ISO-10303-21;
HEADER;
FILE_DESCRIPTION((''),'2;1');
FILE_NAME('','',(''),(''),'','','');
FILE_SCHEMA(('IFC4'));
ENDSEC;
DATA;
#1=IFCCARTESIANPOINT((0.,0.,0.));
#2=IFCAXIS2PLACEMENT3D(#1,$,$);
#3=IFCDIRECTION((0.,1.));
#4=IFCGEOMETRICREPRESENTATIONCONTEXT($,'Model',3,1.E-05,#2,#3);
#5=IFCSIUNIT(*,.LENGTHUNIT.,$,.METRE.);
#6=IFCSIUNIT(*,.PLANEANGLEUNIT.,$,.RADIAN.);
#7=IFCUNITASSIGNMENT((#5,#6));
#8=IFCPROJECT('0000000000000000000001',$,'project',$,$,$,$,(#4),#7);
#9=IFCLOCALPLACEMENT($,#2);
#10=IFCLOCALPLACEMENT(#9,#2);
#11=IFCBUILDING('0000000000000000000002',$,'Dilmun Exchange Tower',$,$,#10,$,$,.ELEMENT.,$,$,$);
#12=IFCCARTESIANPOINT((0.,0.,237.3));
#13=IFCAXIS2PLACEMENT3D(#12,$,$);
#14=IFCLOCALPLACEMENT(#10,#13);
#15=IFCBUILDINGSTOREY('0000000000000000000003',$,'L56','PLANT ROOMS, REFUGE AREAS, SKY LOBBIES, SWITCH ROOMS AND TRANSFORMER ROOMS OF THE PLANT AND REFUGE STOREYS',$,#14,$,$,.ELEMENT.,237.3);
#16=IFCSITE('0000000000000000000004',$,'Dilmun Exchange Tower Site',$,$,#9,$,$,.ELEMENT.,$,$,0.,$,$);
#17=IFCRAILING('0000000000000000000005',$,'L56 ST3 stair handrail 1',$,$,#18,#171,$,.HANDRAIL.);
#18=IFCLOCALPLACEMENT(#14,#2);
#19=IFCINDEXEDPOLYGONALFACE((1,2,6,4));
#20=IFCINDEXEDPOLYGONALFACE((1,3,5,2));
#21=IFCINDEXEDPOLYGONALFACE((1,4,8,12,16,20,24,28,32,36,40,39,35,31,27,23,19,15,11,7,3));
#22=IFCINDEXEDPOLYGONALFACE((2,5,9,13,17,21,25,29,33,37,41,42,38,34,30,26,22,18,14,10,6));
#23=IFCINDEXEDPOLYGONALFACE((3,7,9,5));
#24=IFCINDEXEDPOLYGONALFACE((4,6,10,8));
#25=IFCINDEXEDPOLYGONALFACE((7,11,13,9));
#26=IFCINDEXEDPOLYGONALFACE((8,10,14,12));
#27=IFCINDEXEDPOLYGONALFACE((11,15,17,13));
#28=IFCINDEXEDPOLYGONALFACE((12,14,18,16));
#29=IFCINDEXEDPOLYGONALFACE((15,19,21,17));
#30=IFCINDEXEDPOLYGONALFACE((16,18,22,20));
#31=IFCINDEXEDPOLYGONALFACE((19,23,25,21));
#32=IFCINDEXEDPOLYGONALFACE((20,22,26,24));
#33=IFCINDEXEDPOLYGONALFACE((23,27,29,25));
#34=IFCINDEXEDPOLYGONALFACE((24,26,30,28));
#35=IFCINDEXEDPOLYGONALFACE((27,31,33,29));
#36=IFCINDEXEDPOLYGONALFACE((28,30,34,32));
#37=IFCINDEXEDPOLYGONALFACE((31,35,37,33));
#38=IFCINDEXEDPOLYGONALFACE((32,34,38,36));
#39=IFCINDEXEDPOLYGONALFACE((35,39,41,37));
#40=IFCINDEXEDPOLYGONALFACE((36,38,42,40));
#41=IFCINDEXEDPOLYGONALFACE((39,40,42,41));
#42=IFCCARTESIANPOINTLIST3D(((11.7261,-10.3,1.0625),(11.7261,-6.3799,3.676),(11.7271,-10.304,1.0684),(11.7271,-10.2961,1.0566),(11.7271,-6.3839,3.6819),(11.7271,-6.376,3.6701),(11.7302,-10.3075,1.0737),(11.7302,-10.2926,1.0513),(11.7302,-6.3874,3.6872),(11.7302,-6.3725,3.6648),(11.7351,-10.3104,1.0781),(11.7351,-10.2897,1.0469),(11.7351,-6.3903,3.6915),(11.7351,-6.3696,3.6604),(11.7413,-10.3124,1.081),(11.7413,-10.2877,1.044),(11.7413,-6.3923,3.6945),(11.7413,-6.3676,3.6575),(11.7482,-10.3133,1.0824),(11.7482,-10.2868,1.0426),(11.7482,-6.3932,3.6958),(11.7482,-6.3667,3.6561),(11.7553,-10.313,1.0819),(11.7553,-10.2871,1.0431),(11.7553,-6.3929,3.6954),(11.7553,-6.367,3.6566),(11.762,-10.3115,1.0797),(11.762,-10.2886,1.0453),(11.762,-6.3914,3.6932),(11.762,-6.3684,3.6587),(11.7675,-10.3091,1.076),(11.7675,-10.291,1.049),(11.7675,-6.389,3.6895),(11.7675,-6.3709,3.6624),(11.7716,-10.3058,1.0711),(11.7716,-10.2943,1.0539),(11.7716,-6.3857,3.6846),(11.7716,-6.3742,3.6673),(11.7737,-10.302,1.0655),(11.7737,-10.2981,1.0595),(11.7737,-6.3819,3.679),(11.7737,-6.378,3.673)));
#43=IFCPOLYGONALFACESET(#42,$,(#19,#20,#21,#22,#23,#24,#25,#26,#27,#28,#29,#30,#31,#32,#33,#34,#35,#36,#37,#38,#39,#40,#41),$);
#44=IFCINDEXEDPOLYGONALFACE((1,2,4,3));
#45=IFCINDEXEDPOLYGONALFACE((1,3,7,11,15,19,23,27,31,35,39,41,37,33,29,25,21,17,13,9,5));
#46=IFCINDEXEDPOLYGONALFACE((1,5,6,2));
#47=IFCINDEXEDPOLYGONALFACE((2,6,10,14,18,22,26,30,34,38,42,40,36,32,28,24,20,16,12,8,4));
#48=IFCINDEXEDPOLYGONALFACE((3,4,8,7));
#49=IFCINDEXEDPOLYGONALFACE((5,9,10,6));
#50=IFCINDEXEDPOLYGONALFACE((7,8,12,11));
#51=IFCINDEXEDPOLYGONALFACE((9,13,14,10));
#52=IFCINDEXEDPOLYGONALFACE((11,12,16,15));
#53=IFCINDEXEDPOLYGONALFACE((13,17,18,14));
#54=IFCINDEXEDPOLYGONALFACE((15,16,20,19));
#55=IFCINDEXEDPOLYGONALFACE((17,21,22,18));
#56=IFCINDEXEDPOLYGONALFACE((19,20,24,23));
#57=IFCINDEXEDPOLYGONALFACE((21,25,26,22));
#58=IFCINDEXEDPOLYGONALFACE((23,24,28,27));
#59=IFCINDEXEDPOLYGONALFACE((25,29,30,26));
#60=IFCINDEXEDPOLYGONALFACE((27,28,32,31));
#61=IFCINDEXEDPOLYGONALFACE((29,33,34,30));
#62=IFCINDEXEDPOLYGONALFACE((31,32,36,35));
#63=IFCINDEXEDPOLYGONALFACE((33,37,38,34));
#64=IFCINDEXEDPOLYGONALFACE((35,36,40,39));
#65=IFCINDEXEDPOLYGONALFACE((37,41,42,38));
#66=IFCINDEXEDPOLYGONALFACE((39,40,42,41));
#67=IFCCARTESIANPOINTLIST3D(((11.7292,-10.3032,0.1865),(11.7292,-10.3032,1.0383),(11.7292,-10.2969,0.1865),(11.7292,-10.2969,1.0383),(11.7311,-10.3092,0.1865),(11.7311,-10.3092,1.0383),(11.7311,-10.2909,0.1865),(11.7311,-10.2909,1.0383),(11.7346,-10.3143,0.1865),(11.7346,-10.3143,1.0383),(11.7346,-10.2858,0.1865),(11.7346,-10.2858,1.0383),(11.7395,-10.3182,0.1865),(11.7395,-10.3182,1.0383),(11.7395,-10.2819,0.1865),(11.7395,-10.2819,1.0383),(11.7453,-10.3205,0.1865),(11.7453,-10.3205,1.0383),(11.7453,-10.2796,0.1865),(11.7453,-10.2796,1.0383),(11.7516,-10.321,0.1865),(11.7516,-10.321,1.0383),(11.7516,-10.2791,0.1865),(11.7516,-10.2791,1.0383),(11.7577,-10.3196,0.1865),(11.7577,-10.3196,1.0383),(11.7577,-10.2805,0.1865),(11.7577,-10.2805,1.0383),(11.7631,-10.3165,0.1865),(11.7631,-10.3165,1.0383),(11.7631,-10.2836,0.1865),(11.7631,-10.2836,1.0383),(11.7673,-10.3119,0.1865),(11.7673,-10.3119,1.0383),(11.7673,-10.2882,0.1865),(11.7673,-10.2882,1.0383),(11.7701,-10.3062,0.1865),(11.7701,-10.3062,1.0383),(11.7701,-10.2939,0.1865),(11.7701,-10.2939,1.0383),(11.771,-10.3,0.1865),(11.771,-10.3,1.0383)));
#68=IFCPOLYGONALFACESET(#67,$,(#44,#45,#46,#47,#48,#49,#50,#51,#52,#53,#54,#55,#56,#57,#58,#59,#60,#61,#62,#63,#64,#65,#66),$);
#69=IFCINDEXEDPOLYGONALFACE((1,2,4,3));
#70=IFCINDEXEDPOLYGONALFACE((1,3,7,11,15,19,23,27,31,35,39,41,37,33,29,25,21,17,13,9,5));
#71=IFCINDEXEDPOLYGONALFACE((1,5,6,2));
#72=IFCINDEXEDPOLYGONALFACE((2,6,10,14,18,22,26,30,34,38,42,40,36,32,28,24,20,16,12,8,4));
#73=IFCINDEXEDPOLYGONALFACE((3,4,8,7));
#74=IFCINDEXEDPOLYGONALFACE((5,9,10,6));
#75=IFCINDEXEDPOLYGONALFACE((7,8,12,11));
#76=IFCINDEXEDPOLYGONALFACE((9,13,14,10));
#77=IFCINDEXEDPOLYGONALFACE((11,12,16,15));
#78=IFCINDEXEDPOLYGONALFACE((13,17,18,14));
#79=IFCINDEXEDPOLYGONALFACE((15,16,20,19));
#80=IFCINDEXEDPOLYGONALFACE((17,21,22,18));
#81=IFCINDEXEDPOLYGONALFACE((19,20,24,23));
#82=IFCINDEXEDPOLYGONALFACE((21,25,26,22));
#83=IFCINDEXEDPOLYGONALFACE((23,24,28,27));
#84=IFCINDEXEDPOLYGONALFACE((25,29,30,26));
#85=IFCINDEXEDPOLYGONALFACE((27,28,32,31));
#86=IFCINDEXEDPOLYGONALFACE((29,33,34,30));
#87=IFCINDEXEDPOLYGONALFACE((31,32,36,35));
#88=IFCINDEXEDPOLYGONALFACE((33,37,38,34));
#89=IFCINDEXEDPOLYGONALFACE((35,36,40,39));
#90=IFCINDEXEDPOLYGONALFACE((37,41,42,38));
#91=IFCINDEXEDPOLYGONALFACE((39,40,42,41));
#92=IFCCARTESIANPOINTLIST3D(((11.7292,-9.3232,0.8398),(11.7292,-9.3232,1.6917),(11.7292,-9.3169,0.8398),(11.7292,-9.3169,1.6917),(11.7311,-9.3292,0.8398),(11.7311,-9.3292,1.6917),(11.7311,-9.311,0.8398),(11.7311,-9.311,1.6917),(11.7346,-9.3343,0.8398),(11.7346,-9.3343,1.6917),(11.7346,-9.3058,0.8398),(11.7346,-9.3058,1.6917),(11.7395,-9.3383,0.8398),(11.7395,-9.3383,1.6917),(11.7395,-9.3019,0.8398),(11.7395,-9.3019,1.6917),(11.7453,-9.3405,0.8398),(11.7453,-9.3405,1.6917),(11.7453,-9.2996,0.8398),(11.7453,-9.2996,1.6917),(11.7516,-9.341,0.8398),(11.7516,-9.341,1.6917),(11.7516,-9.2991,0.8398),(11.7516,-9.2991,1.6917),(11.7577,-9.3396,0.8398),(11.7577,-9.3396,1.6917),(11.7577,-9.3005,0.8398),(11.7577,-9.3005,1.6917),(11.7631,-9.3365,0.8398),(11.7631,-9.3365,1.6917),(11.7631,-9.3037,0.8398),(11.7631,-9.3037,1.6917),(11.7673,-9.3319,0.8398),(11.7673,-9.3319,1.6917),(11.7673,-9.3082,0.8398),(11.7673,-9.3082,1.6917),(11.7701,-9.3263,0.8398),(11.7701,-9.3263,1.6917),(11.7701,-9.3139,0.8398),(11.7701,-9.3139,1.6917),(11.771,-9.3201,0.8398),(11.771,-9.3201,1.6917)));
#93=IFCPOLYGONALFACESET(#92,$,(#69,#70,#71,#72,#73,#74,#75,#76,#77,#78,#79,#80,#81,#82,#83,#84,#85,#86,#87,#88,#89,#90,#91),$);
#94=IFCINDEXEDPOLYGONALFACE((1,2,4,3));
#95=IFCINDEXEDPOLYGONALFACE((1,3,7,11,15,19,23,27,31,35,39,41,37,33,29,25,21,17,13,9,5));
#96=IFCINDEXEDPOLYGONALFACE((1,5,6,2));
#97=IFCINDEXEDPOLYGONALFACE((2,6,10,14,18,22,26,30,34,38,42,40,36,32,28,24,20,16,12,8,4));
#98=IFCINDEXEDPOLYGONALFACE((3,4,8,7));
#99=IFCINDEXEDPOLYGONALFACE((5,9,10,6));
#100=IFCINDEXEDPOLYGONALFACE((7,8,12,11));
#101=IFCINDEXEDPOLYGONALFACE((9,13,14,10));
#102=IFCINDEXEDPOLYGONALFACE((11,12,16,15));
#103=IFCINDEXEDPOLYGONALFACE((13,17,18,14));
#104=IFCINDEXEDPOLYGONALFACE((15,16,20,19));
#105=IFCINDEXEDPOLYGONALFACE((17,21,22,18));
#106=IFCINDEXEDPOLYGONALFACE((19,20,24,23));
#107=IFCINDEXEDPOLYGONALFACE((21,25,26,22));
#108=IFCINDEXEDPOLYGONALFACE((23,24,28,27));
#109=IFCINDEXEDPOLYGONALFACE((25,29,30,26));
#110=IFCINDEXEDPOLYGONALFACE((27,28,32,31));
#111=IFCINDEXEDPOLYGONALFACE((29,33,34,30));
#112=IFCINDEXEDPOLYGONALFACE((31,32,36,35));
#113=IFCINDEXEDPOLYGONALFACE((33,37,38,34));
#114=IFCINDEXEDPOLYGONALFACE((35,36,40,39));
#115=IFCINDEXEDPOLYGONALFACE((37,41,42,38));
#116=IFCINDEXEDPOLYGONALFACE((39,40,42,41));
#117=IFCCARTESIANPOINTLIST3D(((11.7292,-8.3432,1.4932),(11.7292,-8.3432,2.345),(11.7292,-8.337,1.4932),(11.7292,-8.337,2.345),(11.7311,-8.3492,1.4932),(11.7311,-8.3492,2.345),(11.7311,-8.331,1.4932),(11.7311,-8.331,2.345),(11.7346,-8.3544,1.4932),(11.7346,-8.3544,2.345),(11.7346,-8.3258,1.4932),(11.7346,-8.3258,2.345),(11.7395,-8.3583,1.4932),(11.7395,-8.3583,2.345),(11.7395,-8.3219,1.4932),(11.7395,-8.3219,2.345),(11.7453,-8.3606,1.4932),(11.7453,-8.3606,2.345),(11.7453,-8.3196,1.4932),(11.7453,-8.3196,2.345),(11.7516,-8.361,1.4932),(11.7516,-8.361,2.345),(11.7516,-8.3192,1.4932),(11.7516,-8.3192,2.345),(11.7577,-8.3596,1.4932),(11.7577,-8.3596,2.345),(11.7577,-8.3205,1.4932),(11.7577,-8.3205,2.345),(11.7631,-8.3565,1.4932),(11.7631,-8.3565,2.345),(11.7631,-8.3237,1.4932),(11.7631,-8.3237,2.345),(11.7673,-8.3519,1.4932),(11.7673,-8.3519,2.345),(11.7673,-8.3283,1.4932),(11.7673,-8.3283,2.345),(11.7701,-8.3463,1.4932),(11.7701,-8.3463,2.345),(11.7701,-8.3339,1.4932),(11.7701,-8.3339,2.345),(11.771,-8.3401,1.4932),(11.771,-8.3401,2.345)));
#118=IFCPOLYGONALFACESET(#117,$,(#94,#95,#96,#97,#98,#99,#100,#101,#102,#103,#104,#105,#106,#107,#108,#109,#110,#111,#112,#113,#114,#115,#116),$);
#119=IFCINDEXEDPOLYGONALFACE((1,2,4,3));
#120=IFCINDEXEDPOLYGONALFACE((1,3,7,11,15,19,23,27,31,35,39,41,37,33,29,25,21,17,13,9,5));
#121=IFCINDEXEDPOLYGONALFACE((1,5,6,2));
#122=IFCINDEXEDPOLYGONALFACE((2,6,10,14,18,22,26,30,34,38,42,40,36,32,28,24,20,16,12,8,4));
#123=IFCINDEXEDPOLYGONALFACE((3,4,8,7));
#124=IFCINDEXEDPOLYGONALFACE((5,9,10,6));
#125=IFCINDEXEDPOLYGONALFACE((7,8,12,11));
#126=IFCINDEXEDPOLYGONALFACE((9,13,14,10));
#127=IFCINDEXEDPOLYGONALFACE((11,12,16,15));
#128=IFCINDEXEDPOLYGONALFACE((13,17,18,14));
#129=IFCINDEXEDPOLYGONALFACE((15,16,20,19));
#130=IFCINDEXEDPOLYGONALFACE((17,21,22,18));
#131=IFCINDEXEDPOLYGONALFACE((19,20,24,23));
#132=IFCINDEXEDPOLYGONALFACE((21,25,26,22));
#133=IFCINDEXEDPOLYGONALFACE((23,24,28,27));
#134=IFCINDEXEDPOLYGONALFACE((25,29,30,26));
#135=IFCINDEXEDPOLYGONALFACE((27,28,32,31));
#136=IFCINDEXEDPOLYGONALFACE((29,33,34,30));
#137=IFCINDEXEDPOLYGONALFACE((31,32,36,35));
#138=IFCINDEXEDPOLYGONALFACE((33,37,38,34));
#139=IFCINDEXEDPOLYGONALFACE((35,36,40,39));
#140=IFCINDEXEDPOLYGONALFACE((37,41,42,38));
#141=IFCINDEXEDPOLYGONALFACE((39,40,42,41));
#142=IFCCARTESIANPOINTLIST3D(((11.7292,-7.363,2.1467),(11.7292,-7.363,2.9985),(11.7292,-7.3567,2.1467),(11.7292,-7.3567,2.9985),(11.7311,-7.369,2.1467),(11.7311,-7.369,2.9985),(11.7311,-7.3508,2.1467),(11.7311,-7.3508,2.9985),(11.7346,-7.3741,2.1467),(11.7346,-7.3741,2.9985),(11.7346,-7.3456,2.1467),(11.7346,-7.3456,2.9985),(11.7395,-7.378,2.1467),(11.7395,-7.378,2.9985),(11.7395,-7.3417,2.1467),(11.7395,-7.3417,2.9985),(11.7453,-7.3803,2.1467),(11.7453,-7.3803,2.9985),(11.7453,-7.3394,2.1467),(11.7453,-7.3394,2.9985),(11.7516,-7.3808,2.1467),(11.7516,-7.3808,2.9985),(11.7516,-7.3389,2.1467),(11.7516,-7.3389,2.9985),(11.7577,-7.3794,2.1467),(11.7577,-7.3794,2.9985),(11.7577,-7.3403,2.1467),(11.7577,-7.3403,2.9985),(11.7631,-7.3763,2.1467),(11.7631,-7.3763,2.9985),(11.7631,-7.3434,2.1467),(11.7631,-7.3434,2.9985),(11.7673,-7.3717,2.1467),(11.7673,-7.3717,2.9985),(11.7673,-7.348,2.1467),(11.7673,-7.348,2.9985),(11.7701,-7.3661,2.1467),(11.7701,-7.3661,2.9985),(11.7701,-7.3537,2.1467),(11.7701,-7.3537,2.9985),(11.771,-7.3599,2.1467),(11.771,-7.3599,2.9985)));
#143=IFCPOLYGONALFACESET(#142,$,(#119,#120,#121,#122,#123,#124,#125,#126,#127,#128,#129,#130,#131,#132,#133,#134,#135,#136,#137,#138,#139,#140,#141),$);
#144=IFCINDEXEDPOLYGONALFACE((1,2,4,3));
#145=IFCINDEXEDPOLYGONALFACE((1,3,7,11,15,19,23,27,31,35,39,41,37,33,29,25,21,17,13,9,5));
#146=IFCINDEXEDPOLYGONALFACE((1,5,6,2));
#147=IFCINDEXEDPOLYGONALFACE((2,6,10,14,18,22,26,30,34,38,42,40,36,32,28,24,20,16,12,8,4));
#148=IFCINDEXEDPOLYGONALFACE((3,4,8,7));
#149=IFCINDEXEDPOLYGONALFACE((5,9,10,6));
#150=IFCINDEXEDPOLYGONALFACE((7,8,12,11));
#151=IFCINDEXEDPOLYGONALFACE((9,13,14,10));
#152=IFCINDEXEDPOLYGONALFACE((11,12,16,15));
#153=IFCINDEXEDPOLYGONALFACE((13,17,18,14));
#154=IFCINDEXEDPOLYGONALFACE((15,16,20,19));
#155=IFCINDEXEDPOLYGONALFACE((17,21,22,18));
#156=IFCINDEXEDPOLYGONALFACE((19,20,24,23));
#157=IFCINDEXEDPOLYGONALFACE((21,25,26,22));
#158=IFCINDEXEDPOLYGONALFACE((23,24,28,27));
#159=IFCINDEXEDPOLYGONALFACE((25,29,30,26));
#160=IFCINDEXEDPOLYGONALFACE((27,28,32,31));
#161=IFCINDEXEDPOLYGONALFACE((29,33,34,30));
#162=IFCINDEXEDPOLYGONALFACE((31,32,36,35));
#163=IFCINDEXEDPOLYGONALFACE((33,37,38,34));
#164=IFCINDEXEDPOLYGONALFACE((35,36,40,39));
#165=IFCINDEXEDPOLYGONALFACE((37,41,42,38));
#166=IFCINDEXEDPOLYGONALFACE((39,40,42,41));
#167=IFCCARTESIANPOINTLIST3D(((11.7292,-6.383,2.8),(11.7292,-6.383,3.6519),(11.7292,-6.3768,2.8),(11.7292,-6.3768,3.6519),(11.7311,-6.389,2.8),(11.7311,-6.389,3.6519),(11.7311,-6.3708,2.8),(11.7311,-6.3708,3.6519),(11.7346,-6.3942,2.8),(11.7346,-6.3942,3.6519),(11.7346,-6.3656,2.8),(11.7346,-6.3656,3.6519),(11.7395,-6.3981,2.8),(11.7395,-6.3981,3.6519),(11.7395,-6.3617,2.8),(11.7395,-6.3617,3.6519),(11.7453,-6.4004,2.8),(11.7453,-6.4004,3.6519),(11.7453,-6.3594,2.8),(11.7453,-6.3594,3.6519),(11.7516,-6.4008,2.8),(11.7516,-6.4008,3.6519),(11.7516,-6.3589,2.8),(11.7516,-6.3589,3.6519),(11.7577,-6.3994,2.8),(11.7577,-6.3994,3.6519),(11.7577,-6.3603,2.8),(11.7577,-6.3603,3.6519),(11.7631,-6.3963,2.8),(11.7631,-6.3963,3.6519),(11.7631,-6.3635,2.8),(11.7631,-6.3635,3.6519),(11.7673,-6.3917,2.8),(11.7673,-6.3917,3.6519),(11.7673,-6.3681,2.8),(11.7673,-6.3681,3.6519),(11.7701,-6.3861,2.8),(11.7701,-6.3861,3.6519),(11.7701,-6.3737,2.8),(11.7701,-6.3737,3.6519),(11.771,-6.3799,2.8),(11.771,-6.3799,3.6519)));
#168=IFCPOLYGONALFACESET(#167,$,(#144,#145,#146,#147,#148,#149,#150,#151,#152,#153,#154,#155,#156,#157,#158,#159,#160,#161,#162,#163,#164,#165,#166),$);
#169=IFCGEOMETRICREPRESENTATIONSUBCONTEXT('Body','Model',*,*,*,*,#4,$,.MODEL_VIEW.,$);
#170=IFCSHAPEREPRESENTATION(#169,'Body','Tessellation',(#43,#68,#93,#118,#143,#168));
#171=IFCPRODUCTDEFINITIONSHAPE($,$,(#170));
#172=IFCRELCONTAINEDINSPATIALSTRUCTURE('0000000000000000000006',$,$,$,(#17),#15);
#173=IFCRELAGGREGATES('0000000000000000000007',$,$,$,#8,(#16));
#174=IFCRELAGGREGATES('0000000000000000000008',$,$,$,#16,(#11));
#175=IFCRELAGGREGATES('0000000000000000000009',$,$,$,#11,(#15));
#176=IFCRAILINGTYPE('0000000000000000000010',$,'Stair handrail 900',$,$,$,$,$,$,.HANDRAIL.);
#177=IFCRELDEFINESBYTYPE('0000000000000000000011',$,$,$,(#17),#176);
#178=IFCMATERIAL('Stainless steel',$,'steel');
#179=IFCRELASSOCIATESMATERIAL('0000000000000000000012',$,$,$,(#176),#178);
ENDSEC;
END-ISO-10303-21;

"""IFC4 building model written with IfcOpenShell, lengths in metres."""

from ifc_helpers import new_model, si_unit, direction, frame, origin, origin_2d, place, context, subcontext, project, spatial, circle, extrude, material, type_object, element, save


model = new_model("IFC4")

# Units and contexts
model_context = context("Model", 3, precision=1e-05, world=origin(), true_north=direction((0.0, 1.0)))
body_context = subcontext(model_context, "Body", "Model", "MODEL_VIEW")
ifc_project = project(units=[si_unit("LENGTHUNIT", "METRE"), si_unit("PLANEANGLEUNIT", "RADIAN")], contexts=[model_context])

# Site, building, storey
site_placement = place(None, origin())
site = spatial("IfcSite", under=ifc_project, at=site_placement, Name="Dilmun Exchange Tower Site", CompositionType="ELEMENT", RefElevation=0.0)
building_placement = place(site_placement, origin())
building = spatial("IfcBuilding", under=site, at=building_placement, Name="Dilmun Exchange Tower", CompositionType="ELEMENT")
storey_placement = place(building_placement, frame((0.0, 0.0, 237.3)))
storey = spatial("IfcBuildingStorey", under=building, at=storey_placement, Name="L56", Description="PLANT ROOMS, REFUGE AREAS, SKY LOBBIES, SWITCH ROOMS AND TRANSFORMER ROOMS OF THE PLANT AND REFUGE STOREYS", CompositionType="ELEMENT", Elevation=237.3)

# Railing
ifc_material_1 = material(Name="Stainless steel", Category="steel")
railing_type = type_object("IfcRailingType", Name="Stair handrail 900", PredefinedType="HANDRAIL", material=ifc_material_1)
railing_1_placement = place(storey_placement, frame((11.75, -10.3, 0.1865)))
element("IfcRailing", 1, at=railing_1_placement, inside=storey, type_object=railing_type, Name="L56 ST3 stair handrail 1", PredefinedType="HANDRAIL", context=body_context, shape_type="SweptSolid", body=[
    extrude(circle(Radius=0.0239, at=origin_2d()), frame((0.0, 0.0, 0.876), z_axis=(0.0, 0.832042, 0.554712), x_axis=(-1.0, 0.0, 0.0)), (0.0, 0.0, 1.0), 4.7114),
    extrude(circle(Radius=0.021, at=origin_2d()), origin(), (0.0, 0.0, 1.0), 0.8518),
    extrude(circle(Radius=0.021, at=origin_2d()), frame((0.0, 0.98, 0.6533)), (0.0, 0.0, 1.0), 0.8518),
    extrude(circle(Radius=0.021, at=origin_2d()), frame((0.0, 1.96, 1.3066)), (0.0, 0.0, 1.0), 0.8518),
    extrude(circle(Radius=0.021, at=origin_2d()), frame((0.0, 2.9402, 1.9602)), (0.0, 0.0, 1.0), 0.8518),
    extrude(circle(Radius=0.021, at=origin_2d()), frame((0.0, 3.9202, 2.6135)), (0.0, 0.0, 1.0), 0.8518),
])

save(model, "model.ifc")
